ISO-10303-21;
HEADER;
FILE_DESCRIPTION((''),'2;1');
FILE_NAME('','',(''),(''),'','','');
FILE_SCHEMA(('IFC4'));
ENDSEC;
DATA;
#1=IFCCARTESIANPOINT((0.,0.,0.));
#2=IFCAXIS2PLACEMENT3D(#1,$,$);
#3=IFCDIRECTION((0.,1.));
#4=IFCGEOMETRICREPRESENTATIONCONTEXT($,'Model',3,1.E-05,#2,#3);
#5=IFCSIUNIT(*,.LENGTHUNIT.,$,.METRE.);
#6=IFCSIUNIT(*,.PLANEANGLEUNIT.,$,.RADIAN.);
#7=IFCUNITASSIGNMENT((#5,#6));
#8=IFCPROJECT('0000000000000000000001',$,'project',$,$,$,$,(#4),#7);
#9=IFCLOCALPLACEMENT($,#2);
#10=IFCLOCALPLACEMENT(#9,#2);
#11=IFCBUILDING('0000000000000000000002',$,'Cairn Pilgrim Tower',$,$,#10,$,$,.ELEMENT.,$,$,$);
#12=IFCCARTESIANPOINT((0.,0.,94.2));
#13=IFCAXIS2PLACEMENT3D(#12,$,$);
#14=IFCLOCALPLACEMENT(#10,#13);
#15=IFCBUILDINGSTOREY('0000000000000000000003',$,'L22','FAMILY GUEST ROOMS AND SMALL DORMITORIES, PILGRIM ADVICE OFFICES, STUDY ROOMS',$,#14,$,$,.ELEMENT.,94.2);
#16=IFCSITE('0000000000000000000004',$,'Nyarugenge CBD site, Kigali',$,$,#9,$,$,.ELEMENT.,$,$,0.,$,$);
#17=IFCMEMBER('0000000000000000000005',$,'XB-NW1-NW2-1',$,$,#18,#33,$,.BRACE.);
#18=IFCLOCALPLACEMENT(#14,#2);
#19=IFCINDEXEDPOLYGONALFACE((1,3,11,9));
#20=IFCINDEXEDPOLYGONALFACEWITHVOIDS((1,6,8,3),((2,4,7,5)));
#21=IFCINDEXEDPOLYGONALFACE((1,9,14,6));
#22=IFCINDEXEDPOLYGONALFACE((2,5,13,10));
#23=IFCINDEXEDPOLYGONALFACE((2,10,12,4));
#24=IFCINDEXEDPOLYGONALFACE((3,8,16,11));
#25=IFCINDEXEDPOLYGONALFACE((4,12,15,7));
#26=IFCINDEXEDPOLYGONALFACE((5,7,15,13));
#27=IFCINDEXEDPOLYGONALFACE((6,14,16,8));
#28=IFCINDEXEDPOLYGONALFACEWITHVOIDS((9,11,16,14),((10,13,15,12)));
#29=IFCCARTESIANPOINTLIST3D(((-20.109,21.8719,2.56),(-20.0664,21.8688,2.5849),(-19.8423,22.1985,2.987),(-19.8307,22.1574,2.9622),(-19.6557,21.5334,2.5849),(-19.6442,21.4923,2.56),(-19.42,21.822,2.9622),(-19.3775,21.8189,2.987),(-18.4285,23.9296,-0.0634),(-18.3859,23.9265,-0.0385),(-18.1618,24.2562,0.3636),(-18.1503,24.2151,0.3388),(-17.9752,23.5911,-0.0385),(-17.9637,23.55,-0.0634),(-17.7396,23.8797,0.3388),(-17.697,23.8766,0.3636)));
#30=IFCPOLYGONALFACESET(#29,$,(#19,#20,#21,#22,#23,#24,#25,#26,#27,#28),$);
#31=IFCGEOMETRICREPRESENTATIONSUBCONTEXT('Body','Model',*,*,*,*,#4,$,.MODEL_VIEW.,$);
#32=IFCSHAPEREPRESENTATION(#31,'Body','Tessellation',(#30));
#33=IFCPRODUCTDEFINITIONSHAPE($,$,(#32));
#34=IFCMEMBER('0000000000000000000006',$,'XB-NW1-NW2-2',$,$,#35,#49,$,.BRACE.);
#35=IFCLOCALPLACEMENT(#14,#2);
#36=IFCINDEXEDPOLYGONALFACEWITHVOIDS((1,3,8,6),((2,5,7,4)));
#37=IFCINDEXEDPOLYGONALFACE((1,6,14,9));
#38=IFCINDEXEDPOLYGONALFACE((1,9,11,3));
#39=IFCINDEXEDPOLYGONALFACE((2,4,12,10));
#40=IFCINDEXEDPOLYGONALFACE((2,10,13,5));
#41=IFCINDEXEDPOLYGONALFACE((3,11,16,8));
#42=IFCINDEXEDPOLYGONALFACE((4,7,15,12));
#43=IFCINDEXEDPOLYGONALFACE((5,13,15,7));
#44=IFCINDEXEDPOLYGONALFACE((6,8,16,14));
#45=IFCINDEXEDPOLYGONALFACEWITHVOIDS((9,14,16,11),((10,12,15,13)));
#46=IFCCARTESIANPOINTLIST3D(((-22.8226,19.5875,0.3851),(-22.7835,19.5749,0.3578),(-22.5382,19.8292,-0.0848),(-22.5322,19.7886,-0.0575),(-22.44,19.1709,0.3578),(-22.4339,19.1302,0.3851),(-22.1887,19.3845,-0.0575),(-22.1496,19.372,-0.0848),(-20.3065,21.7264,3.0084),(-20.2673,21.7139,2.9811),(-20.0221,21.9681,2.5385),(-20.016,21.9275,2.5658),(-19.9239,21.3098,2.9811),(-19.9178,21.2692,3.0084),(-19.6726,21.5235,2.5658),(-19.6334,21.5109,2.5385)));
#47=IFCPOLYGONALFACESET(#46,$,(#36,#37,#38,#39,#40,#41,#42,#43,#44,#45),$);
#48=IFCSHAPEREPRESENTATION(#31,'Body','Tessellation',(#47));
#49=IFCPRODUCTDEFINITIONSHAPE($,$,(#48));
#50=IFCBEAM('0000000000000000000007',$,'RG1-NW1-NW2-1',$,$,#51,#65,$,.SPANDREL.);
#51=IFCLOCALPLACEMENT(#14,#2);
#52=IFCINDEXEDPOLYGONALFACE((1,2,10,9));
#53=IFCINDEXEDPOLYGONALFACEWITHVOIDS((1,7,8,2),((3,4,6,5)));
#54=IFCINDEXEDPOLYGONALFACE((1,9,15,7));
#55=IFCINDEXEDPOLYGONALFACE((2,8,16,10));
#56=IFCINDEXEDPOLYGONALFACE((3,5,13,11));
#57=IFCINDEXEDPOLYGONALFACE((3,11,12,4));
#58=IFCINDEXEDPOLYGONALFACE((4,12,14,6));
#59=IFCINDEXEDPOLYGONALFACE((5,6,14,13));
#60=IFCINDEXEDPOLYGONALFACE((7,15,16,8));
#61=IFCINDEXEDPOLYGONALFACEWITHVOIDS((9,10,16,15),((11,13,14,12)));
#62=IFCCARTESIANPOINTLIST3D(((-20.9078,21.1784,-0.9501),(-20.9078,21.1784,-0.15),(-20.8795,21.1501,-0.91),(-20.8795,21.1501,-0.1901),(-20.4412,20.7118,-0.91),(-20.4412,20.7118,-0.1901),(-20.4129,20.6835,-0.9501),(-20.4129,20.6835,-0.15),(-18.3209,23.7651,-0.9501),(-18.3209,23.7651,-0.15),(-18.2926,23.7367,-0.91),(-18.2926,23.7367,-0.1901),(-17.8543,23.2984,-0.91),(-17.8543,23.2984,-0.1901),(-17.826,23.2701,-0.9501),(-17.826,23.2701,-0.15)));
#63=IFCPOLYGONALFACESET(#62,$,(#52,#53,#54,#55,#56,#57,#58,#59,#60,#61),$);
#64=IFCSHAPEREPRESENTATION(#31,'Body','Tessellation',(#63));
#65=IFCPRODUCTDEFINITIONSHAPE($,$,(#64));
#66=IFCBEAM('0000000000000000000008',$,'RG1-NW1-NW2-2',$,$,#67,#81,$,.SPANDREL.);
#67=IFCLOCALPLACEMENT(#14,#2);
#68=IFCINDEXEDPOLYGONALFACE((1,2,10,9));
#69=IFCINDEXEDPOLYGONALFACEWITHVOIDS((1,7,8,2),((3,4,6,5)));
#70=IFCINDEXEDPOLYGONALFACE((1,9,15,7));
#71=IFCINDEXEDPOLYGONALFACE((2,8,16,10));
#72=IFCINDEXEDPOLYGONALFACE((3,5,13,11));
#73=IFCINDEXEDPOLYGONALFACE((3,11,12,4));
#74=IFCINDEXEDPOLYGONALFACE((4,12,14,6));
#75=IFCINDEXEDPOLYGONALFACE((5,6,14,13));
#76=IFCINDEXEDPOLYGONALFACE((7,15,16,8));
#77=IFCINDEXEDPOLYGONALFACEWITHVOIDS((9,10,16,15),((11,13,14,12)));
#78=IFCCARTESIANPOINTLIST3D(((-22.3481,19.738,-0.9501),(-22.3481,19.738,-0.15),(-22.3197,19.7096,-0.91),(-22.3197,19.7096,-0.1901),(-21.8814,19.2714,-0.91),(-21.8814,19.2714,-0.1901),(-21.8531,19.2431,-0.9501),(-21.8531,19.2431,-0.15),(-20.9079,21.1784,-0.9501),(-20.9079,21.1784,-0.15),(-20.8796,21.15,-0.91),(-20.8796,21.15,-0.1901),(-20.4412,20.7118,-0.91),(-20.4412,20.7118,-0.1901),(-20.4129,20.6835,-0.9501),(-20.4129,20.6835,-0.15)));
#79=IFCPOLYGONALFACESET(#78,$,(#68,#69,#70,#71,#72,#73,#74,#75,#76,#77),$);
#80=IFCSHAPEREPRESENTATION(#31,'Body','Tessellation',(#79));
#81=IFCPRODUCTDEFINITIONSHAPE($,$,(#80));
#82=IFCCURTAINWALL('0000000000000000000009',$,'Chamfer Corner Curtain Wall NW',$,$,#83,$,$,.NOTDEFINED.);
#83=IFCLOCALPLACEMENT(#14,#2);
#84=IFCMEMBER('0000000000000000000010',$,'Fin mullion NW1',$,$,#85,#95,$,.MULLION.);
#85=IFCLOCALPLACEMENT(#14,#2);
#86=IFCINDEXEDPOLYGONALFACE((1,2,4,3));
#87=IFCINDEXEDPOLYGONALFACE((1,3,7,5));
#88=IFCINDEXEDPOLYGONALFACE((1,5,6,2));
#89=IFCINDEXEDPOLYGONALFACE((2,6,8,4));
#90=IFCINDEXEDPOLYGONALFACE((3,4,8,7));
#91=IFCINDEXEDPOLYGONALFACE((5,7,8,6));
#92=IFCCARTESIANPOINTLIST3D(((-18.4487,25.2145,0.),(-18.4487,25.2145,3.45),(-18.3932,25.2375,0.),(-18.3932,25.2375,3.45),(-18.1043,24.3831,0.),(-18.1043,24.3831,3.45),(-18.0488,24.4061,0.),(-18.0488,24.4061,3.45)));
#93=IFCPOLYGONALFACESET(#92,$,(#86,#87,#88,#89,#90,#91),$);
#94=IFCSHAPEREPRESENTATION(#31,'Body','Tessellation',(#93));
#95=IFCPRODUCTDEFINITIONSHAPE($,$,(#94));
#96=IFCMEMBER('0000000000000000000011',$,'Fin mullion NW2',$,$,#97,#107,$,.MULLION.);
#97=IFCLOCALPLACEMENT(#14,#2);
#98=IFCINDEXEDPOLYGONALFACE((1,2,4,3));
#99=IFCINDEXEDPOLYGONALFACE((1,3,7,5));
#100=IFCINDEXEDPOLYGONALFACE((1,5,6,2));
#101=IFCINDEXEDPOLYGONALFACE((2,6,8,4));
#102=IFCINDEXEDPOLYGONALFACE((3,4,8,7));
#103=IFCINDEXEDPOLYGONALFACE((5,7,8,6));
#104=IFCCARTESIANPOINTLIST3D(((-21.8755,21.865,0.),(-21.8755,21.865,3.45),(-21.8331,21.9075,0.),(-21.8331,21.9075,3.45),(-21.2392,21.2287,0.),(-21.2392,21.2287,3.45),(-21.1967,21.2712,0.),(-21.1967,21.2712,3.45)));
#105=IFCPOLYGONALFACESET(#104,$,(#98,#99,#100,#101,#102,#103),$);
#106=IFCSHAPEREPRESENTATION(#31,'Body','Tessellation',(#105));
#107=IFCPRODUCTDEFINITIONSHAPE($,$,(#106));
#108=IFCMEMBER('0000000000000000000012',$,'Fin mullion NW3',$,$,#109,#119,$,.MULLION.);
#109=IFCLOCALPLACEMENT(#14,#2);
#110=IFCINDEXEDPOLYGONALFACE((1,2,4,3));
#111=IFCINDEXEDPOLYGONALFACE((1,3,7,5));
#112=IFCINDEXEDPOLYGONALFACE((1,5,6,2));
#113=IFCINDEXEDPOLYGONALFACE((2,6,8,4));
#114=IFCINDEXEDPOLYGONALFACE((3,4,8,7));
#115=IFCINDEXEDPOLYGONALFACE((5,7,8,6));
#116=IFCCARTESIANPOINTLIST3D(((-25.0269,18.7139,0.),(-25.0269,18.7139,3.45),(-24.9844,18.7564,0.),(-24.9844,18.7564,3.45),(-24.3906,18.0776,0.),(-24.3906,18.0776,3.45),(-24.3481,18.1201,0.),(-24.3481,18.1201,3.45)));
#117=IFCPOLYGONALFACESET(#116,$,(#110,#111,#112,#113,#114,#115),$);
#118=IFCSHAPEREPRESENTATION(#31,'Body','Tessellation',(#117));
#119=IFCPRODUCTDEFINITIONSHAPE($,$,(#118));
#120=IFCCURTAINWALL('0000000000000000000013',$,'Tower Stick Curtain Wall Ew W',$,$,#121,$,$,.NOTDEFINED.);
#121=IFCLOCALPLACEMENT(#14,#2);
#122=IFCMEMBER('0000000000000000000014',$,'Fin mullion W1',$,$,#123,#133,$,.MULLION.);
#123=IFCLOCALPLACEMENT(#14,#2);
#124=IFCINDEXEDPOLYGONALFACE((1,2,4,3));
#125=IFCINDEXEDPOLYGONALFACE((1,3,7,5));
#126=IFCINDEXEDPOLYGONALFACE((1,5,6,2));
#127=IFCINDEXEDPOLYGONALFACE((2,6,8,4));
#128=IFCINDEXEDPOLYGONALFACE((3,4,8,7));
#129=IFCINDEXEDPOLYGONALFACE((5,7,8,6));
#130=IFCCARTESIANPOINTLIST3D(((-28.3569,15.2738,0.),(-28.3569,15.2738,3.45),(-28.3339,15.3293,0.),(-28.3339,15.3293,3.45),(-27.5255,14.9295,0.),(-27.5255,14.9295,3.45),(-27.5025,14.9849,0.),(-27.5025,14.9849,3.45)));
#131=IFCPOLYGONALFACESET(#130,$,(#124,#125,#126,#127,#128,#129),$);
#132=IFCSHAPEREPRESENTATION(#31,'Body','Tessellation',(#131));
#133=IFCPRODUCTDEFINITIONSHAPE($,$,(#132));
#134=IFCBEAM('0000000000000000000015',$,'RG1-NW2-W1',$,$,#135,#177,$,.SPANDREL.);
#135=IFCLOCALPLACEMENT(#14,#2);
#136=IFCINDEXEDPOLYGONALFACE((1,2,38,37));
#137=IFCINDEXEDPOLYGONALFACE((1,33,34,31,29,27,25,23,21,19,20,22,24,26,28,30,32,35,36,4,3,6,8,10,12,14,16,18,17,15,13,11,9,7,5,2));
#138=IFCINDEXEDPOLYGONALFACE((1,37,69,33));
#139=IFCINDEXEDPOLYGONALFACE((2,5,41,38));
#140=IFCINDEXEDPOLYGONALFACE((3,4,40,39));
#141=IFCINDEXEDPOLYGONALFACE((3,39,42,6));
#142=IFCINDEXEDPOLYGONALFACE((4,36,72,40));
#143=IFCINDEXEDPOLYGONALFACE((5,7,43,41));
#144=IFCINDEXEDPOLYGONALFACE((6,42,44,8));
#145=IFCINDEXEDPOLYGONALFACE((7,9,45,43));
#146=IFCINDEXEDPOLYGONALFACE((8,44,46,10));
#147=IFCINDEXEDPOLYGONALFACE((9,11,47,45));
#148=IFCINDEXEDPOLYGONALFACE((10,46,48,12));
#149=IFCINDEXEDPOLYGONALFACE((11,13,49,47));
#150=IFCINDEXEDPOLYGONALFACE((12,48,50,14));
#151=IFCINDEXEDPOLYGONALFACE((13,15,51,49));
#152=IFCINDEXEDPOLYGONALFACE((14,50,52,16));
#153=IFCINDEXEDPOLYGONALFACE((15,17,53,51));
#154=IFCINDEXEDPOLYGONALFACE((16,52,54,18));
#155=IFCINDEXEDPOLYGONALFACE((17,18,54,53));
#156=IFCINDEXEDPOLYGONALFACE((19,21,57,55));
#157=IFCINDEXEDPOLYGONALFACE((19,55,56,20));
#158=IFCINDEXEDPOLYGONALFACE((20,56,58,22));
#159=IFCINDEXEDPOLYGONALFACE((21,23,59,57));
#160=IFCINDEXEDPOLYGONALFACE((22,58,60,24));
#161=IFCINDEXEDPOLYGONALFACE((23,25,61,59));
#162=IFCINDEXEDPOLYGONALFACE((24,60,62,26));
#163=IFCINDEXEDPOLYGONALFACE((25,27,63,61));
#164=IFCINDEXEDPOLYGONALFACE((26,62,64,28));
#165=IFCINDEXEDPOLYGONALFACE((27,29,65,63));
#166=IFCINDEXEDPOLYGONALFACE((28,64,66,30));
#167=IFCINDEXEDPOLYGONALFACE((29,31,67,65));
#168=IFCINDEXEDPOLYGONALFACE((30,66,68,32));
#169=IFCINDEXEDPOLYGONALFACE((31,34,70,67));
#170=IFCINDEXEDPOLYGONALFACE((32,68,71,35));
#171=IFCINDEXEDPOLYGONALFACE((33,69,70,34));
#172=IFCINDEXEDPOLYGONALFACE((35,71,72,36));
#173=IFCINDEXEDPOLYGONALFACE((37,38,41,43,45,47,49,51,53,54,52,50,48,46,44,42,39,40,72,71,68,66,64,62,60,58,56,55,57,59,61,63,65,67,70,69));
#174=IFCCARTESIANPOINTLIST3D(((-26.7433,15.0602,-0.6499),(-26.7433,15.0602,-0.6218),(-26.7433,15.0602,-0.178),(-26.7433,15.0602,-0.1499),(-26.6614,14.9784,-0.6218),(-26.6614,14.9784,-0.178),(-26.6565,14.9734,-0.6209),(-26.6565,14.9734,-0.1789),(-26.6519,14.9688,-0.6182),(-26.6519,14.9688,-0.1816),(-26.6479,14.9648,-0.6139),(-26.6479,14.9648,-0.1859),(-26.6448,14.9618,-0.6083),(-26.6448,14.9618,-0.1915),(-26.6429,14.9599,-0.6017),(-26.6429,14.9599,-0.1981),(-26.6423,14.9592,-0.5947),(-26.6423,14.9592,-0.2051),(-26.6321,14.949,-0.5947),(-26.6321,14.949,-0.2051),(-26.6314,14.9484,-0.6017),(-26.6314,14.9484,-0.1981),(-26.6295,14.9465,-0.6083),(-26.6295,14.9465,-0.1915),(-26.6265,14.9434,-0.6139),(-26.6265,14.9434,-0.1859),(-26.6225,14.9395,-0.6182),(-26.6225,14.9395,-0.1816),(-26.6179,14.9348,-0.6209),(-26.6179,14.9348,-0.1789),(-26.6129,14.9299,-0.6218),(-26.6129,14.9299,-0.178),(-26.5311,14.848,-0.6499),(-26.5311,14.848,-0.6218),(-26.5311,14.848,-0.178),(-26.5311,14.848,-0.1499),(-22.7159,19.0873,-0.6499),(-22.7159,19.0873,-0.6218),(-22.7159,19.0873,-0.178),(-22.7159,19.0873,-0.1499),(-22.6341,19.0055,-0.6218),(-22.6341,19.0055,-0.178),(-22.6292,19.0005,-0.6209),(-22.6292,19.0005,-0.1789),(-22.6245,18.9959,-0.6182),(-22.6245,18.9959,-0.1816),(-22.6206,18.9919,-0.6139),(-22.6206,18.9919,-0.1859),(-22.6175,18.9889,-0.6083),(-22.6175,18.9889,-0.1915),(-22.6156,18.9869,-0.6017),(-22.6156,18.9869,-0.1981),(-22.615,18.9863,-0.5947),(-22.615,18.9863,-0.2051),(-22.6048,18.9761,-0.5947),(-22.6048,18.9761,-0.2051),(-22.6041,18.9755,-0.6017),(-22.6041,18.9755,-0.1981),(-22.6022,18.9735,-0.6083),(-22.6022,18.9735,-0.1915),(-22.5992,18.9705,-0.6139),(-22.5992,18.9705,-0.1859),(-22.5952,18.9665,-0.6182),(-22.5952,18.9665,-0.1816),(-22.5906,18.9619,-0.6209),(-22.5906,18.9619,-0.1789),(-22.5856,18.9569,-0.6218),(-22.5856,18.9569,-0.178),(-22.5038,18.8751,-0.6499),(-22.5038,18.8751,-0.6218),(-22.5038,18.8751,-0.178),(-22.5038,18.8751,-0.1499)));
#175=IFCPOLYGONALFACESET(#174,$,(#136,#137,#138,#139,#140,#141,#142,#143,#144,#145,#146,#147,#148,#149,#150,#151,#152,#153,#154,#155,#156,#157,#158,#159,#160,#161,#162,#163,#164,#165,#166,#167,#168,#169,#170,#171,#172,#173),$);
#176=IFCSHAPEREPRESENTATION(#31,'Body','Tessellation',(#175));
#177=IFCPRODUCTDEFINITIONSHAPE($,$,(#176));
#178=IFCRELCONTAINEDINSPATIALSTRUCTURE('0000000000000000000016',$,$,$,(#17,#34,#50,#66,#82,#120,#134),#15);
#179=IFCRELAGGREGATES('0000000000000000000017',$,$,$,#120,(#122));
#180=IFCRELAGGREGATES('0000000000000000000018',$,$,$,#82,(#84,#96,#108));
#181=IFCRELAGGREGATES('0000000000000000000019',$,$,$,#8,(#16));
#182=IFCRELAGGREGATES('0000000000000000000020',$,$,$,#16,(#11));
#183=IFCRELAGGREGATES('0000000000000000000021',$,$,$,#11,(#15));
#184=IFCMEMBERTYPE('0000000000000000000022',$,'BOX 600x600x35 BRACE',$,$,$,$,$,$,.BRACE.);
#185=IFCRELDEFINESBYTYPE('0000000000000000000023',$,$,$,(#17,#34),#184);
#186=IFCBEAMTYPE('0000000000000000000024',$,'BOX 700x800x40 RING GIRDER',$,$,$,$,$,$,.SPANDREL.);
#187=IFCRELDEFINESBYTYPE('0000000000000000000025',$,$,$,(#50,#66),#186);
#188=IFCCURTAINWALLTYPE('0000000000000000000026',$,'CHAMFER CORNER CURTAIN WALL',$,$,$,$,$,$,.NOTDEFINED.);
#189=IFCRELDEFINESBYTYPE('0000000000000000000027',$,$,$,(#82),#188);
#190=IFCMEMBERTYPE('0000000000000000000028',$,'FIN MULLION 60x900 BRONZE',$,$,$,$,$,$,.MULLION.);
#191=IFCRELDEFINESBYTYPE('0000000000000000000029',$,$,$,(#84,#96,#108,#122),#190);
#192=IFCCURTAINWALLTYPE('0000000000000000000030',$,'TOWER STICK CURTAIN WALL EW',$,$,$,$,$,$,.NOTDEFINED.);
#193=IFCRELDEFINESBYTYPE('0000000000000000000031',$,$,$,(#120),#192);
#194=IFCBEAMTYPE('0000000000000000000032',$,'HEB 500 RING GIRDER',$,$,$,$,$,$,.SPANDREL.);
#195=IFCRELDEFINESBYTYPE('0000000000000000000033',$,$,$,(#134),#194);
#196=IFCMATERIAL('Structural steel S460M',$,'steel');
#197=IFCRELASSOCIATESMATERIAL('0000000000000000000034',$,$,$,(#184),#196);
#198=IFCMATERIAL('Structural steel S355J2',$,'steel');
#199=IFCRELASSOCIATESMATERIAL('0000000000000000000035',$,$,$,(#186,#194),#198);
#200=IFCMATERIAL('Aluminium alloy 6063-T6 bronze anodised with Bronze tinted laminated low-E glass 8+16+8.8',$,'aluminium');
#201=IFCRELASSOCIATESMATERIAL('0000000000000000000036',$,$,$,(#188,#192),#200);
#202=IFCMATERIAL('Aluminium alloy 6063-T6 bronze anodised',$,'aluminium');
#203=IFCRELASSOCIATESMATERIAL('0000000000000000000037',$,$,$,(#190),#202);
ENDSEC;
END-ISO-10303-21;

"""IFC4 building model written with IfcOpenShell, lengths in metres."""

from ifc_helpers import new_model, si_unit, direction, frame, origin, origin_2d, place, context, subcontext, project, spatial, rectangle, hollow_rectangle, i_section, extrude, material, material_profile, profile_set, type_object, element, aggregate, save


model = new_model("IFC4")

# Units and contexts
model_context = context("Model", 3, precision=1e-05, world=origin(), true_north=direction((0.0, 1.0)))
body_context = subcontext(model_context, "Body", "Model", "MODEL_VIEW")
ifc_project = project(units=[si_unit("LENGTHUNIT", "METRE"), si_unit("PLANEANGLEUNIT", "RADIAN")], contexts=[model_context])

# Site, building, storey
site_placement = place(None, origin())
site = spatial("IfcSite", under=ifc_project, at=site_placement, Name="Nyarugenge CBD site, Kigali", CompositionType="ELEMENT", RefElevation=0.0)
building_placement = place(site_placement, origin())
building = spatial("IfcBuilding", under=site, at=building_placement, Name="Cairn Pilgrim Tower", CompositionType="ELEMENT")
storey_placement = place(building_placement, frame((0.0, 0.0, 94.2)))
storey = spatial("IfcBuildingStorey", under=building, at=storey_placement, Name="L22", Description="FAMILY GUEST ROOMS AND SMALL DORMITORIES, PILGRIM ADVICE OFFICES, STUDY ROOMS", CompositionType="ELEMENT", Elevation=94.2)

# Shared definitions
ifc_material_1 = material(Name="Structural steel S460M", Category="steel")

# Members
ifc_material_profile_1 = material_profile(ifc_material_1, hollow_rectangle(XDim=0.6001, YDim=0.6001, WallThickness=0.0349, at=origin_2d()), Name="BOX 600x600x35")
ifc_profile_set_1 = profile_set([ifc_material_profile_1], Name="Structural steel S460M")
member_type_1 = type_object("IfcMemberType", Name="BOX 600x600x35 BRACE", PredefinedType="BRACE", material=ifc_profile_set_1)
member_1_placement = place(storey_placement, frame((-18.0627, 23.9031, 0.1501), z_axis=(-0.450089, -0.551118, 0.70263), x_axis=(0.774526, -0.632542, 0.0)))
element("IfcMember", 1, at=member_1_placement, inside=storey, type_object=member_type_1, Name="XB-NW1-NW2-1", PredefinedType="BRACE", context=body_context, shape_type="SweptSolid", body=[
    extrude(hollow_rectangle(XDim=0.6001, YDim=0.6001, WallThickness=0.0349, at=origin_2d()), origin(), (0.0, 0.0, 1.0), 3.7336),
])
member_2_placement = place(storey_placement, frame((-22.4861, 19.4797, 0.1501), z_axis=(0.596587, 0.507151, 0.621999), x_axis=(-0.647687, 0.761906, 0.0)))
element("IfcMember", 2, at=member_2_placement, inside=storey, type_object=member_type_1, Name="XB-NW1-NW2-2", PredefinedType="BRACE", context=body_context, shape_type="SweptSolid", body=[
    extrude(hollow_rectangle(XDim=0.6001, YDim=0.6001, WallThickness=0.0349, at=origin_2d()), origin(), (0.0, 0.0, 1.0), 4.2175),
])

# Beams
ifc_material_2 = material(Name="Structural steel S355J2", Category="steel")
ifc_material_profile_2 = material_profile(ifc_material_2, hollow_rectangle(XDim=0.7, YDim=0.8, WallThickness=0.04, at=origin_2d()), Name="BOX 700x800x40")
ifc_profile_set_2 = profile_set([ifc_material_profile_2], Name="Structural steel S355J2")
beam_type_1 = type_object("IfcBeamType", Name="BOX 700x800x40 RING GIRDER", PredefinedType="SPANDREL", material=ifc_profile_set_2)
beam_1_placement = place(storey_placement, frame((-18.0735, 23.5176, -0.55), z_axis=(-0.70714, -0.707073, 0.0), x_axis=(0.707073, -0.70714, 0.0)))
element("IfcBeam", 3, at=beam_1_placement, inside=storey, type_object=beam_type_1, Name="RG1-NW1-NW2-1", PredefinedType="SPANDREL", context=body_context, shape_type="SweptSolid", body=[
    extrude(hollow_rectangle(XDim=0.7, YDim=0.8, WallThickness=0.04, at=origin_2d()), origin(), (0.0, 0.0, 1.0), 3.6582),
])
beam_2_placement = place(storey_placement, frame((-20.6604, 20.9309, -0.55), z_axis=(-0.707047, -0.707167, 0.0), x_axis=(0.707167, -0.707047, 0.0)))
element("IfcBeam", 4, at=beam_2_placement, inside=storey, type_object=beam_type_1, Name="RG1-NW1-NW2-2", PredefinedType="SPANDREL", context=body_context, shape_type="SweptSolid", body=[
    extrude(hollow_rectangle(XDim=0.7, YDim=0.8, WallThickness=0.04, at=origin_2d()), origin(), (0.0, 0.0, 1.0), 2.0369),
])

# Curtain wall, members
ifc_material_3 = material(Name="Aluminium alloy 6063-T6 bronze anodised with Bronze tinted laminated low-E glass 8+16+8.8", Category="aluminium")
curtain_wall_type_1 = type_object("IfcCurtainWallType", Name="CHAMFER CORNER CURTAIN WALL", PredefinedType="NOTDEFINED", material=ifc_material_3)
curtain_wall_1_placement = place(storey_placement, origin())
curtain_wall_1 = element("IfcCurtainWall", 5, at=curtain_wall_1_placement, inside=storey, type_object=curtain_wall_type_1, Name="Chamfer Corner Curtain Wall NW", PredefinedType="NOTDEFINED")
ifc_material_4 = material(Name="Aluminium alloy 6063-T6 bronze anodised", Category="aluminium")
ifc_material_profile_3 = material_profile(ifc_material_4, rectangle(XDim=0.8999, YDim=0.0601, at=origin_2d()), Name="FIN MULLION 60x900 BRONZE")
ifc_profile_set_3 = profile_set([ifc_material_profile_3], Name="Aluminium alloy 6063-T6 bronze anodised")
member_type_2 = type_object("IfcMemberType", Name="FIN MULLION 60x900 BRONZE", PredefinedType="MULLION", material=ifc_profile_set_3)
member_3_placement = place(storey_placement, frame((-18.2488, 24.8103, 0.0), z_axis=(0.0, 0.0, 1.0), x_axis=(-0.382683, 0.92388, 0.0)))
member_3 = element("IfcMember", 6, at=member_3_placement, type_object=member_type_2, Name="Fin mullion NW1", PredefinedType="MULLION", context=body_context, shape_type="SweptSolid", body=[
    extrude(rectangle(XDim=0.8999, YDim=0.0601, at=origin_2d()), origin(), (0.0, 0.0, 1.0), 3.45),
])
member_4_placement = place(storey_placement, frame((-21.5361, 21.5681, 0.0), z_axis=(0.0, 0.0, 1.0), x_axis=(-0.707107, 0.707107, 0.0)))
member_4 = element("IfcMember", 7, at=member_4_placement, type_object=member_type_2, Name="Fin mullion NW2", PredefinedType="MULLION", context=body_context, shape_type="SweptSolid", body=[
    extrude(rectangle(XDim=0.8999, YDim=0.0601, at=origin_2d()), origin(), (0.0, 0.0, 1.0), 3.45),
])
member_5_placement = place(storey_placement, frame((-24.6875, 18.417, 0.0), z_axis=(0.0, 0.0, 1.0), x_axis=(-0.707107, 0.707107, 0.0)))
member_5 = element("IfcMember", 8, at=member_5_placement, type_object=member_type_2, Name="Fin mullion NW3", PredefinedType="MULLION", context=body_context, shape_type="SweptSolid", body=[
    extrude(rectangle(XDim=0.8999, YDim=0.0601, at=origin_2d()), origin(), (0.0, 0.0, 1.0), 3.45),
])

# Curtain wall, member
curtain_wall_type_2 = type_object("IfcCurtainWallType", Name="TOWER STICK CURTAIN WALL EW", PredefinedType="NOTDEFINED", material=ifc_material_3)
curtain_wall_2_placement = place(storey_placement, origin())
curtain_wall_2 = element("IfcCurtainWall", 9, at=curtain_wall_2_placement, inside=storey, type_object=curtain_wall_type_2, Name="Tower Stick Curtain Wall Ew W", PredefinedType="NOTDEFINED")
member_6_placement = place(storey_placement, frame((-27.9297, 15.1294, 0.0), z_axis=(0.0, 0.0, 1.0), x_axis=(-0.92388, 0.382683, 0.0)))
member_6 = element("IfcMember", 10, at=member_6_placement, type_object=member_type_2, Name="Fin mullion W1", PredefinedType="MULLION", context=body_context, shape_type="SweptSolid", body=[
    extrude(rectangle(XDim=0.8999, YDim=0.0601, at=origin_2d()), origin(), (0.0, 0.0, 1.0), 3.45),
])

# Beam
ifc_material_profile_4 = material_profile(ifc_material_2, i_section(OverallWidth=0.3, OverallDepth=0.5, WebThickness=0.0144, FlangeThickness=0.0281, FilletRadius=0.0271, at=origin_2d()), Name="HEB 500")
ifc_profile_set_4 = profile_set([ifc_material_profile_4], Name="Structural steel S355J2")
beam_type_2 = type_object("IfcBeamType", Name="HEB 500 RING GIRDER", PredefinedType="SPANDREL", material=ifc_profile_set_4)
beam_3_placement = place(storey_placement, frame((-22.6099, 18.9812, -0.3999), z_axis=(-0.707128, -0.707085, 0.0), x_axis=(0.707085, -0.707128, 0.0)))
element("IfcBeam", 11, at=beam_3_placement, inside=storey, type_object=beam_type_2, Name="RG1-NW2-W1", PredefinedType="SPANDREL", context=body_context, shape_type="SweptSolid", body=[
    extrude(i_section(OverallWidth=0.3, OverallDepth=0.5, WebThickness=0.0144, FlangeThickness=0.0281, FilletRadius=0.0271, at=origin_2d()), origin(), (0.0, 0.0, 1.0), 5.6953),
])

aggregate(curtain_wall_2, [member_6])

aggregate(curtain_wall_1, [member_3, member_4, member_5])

save(model, "model.ifc")
